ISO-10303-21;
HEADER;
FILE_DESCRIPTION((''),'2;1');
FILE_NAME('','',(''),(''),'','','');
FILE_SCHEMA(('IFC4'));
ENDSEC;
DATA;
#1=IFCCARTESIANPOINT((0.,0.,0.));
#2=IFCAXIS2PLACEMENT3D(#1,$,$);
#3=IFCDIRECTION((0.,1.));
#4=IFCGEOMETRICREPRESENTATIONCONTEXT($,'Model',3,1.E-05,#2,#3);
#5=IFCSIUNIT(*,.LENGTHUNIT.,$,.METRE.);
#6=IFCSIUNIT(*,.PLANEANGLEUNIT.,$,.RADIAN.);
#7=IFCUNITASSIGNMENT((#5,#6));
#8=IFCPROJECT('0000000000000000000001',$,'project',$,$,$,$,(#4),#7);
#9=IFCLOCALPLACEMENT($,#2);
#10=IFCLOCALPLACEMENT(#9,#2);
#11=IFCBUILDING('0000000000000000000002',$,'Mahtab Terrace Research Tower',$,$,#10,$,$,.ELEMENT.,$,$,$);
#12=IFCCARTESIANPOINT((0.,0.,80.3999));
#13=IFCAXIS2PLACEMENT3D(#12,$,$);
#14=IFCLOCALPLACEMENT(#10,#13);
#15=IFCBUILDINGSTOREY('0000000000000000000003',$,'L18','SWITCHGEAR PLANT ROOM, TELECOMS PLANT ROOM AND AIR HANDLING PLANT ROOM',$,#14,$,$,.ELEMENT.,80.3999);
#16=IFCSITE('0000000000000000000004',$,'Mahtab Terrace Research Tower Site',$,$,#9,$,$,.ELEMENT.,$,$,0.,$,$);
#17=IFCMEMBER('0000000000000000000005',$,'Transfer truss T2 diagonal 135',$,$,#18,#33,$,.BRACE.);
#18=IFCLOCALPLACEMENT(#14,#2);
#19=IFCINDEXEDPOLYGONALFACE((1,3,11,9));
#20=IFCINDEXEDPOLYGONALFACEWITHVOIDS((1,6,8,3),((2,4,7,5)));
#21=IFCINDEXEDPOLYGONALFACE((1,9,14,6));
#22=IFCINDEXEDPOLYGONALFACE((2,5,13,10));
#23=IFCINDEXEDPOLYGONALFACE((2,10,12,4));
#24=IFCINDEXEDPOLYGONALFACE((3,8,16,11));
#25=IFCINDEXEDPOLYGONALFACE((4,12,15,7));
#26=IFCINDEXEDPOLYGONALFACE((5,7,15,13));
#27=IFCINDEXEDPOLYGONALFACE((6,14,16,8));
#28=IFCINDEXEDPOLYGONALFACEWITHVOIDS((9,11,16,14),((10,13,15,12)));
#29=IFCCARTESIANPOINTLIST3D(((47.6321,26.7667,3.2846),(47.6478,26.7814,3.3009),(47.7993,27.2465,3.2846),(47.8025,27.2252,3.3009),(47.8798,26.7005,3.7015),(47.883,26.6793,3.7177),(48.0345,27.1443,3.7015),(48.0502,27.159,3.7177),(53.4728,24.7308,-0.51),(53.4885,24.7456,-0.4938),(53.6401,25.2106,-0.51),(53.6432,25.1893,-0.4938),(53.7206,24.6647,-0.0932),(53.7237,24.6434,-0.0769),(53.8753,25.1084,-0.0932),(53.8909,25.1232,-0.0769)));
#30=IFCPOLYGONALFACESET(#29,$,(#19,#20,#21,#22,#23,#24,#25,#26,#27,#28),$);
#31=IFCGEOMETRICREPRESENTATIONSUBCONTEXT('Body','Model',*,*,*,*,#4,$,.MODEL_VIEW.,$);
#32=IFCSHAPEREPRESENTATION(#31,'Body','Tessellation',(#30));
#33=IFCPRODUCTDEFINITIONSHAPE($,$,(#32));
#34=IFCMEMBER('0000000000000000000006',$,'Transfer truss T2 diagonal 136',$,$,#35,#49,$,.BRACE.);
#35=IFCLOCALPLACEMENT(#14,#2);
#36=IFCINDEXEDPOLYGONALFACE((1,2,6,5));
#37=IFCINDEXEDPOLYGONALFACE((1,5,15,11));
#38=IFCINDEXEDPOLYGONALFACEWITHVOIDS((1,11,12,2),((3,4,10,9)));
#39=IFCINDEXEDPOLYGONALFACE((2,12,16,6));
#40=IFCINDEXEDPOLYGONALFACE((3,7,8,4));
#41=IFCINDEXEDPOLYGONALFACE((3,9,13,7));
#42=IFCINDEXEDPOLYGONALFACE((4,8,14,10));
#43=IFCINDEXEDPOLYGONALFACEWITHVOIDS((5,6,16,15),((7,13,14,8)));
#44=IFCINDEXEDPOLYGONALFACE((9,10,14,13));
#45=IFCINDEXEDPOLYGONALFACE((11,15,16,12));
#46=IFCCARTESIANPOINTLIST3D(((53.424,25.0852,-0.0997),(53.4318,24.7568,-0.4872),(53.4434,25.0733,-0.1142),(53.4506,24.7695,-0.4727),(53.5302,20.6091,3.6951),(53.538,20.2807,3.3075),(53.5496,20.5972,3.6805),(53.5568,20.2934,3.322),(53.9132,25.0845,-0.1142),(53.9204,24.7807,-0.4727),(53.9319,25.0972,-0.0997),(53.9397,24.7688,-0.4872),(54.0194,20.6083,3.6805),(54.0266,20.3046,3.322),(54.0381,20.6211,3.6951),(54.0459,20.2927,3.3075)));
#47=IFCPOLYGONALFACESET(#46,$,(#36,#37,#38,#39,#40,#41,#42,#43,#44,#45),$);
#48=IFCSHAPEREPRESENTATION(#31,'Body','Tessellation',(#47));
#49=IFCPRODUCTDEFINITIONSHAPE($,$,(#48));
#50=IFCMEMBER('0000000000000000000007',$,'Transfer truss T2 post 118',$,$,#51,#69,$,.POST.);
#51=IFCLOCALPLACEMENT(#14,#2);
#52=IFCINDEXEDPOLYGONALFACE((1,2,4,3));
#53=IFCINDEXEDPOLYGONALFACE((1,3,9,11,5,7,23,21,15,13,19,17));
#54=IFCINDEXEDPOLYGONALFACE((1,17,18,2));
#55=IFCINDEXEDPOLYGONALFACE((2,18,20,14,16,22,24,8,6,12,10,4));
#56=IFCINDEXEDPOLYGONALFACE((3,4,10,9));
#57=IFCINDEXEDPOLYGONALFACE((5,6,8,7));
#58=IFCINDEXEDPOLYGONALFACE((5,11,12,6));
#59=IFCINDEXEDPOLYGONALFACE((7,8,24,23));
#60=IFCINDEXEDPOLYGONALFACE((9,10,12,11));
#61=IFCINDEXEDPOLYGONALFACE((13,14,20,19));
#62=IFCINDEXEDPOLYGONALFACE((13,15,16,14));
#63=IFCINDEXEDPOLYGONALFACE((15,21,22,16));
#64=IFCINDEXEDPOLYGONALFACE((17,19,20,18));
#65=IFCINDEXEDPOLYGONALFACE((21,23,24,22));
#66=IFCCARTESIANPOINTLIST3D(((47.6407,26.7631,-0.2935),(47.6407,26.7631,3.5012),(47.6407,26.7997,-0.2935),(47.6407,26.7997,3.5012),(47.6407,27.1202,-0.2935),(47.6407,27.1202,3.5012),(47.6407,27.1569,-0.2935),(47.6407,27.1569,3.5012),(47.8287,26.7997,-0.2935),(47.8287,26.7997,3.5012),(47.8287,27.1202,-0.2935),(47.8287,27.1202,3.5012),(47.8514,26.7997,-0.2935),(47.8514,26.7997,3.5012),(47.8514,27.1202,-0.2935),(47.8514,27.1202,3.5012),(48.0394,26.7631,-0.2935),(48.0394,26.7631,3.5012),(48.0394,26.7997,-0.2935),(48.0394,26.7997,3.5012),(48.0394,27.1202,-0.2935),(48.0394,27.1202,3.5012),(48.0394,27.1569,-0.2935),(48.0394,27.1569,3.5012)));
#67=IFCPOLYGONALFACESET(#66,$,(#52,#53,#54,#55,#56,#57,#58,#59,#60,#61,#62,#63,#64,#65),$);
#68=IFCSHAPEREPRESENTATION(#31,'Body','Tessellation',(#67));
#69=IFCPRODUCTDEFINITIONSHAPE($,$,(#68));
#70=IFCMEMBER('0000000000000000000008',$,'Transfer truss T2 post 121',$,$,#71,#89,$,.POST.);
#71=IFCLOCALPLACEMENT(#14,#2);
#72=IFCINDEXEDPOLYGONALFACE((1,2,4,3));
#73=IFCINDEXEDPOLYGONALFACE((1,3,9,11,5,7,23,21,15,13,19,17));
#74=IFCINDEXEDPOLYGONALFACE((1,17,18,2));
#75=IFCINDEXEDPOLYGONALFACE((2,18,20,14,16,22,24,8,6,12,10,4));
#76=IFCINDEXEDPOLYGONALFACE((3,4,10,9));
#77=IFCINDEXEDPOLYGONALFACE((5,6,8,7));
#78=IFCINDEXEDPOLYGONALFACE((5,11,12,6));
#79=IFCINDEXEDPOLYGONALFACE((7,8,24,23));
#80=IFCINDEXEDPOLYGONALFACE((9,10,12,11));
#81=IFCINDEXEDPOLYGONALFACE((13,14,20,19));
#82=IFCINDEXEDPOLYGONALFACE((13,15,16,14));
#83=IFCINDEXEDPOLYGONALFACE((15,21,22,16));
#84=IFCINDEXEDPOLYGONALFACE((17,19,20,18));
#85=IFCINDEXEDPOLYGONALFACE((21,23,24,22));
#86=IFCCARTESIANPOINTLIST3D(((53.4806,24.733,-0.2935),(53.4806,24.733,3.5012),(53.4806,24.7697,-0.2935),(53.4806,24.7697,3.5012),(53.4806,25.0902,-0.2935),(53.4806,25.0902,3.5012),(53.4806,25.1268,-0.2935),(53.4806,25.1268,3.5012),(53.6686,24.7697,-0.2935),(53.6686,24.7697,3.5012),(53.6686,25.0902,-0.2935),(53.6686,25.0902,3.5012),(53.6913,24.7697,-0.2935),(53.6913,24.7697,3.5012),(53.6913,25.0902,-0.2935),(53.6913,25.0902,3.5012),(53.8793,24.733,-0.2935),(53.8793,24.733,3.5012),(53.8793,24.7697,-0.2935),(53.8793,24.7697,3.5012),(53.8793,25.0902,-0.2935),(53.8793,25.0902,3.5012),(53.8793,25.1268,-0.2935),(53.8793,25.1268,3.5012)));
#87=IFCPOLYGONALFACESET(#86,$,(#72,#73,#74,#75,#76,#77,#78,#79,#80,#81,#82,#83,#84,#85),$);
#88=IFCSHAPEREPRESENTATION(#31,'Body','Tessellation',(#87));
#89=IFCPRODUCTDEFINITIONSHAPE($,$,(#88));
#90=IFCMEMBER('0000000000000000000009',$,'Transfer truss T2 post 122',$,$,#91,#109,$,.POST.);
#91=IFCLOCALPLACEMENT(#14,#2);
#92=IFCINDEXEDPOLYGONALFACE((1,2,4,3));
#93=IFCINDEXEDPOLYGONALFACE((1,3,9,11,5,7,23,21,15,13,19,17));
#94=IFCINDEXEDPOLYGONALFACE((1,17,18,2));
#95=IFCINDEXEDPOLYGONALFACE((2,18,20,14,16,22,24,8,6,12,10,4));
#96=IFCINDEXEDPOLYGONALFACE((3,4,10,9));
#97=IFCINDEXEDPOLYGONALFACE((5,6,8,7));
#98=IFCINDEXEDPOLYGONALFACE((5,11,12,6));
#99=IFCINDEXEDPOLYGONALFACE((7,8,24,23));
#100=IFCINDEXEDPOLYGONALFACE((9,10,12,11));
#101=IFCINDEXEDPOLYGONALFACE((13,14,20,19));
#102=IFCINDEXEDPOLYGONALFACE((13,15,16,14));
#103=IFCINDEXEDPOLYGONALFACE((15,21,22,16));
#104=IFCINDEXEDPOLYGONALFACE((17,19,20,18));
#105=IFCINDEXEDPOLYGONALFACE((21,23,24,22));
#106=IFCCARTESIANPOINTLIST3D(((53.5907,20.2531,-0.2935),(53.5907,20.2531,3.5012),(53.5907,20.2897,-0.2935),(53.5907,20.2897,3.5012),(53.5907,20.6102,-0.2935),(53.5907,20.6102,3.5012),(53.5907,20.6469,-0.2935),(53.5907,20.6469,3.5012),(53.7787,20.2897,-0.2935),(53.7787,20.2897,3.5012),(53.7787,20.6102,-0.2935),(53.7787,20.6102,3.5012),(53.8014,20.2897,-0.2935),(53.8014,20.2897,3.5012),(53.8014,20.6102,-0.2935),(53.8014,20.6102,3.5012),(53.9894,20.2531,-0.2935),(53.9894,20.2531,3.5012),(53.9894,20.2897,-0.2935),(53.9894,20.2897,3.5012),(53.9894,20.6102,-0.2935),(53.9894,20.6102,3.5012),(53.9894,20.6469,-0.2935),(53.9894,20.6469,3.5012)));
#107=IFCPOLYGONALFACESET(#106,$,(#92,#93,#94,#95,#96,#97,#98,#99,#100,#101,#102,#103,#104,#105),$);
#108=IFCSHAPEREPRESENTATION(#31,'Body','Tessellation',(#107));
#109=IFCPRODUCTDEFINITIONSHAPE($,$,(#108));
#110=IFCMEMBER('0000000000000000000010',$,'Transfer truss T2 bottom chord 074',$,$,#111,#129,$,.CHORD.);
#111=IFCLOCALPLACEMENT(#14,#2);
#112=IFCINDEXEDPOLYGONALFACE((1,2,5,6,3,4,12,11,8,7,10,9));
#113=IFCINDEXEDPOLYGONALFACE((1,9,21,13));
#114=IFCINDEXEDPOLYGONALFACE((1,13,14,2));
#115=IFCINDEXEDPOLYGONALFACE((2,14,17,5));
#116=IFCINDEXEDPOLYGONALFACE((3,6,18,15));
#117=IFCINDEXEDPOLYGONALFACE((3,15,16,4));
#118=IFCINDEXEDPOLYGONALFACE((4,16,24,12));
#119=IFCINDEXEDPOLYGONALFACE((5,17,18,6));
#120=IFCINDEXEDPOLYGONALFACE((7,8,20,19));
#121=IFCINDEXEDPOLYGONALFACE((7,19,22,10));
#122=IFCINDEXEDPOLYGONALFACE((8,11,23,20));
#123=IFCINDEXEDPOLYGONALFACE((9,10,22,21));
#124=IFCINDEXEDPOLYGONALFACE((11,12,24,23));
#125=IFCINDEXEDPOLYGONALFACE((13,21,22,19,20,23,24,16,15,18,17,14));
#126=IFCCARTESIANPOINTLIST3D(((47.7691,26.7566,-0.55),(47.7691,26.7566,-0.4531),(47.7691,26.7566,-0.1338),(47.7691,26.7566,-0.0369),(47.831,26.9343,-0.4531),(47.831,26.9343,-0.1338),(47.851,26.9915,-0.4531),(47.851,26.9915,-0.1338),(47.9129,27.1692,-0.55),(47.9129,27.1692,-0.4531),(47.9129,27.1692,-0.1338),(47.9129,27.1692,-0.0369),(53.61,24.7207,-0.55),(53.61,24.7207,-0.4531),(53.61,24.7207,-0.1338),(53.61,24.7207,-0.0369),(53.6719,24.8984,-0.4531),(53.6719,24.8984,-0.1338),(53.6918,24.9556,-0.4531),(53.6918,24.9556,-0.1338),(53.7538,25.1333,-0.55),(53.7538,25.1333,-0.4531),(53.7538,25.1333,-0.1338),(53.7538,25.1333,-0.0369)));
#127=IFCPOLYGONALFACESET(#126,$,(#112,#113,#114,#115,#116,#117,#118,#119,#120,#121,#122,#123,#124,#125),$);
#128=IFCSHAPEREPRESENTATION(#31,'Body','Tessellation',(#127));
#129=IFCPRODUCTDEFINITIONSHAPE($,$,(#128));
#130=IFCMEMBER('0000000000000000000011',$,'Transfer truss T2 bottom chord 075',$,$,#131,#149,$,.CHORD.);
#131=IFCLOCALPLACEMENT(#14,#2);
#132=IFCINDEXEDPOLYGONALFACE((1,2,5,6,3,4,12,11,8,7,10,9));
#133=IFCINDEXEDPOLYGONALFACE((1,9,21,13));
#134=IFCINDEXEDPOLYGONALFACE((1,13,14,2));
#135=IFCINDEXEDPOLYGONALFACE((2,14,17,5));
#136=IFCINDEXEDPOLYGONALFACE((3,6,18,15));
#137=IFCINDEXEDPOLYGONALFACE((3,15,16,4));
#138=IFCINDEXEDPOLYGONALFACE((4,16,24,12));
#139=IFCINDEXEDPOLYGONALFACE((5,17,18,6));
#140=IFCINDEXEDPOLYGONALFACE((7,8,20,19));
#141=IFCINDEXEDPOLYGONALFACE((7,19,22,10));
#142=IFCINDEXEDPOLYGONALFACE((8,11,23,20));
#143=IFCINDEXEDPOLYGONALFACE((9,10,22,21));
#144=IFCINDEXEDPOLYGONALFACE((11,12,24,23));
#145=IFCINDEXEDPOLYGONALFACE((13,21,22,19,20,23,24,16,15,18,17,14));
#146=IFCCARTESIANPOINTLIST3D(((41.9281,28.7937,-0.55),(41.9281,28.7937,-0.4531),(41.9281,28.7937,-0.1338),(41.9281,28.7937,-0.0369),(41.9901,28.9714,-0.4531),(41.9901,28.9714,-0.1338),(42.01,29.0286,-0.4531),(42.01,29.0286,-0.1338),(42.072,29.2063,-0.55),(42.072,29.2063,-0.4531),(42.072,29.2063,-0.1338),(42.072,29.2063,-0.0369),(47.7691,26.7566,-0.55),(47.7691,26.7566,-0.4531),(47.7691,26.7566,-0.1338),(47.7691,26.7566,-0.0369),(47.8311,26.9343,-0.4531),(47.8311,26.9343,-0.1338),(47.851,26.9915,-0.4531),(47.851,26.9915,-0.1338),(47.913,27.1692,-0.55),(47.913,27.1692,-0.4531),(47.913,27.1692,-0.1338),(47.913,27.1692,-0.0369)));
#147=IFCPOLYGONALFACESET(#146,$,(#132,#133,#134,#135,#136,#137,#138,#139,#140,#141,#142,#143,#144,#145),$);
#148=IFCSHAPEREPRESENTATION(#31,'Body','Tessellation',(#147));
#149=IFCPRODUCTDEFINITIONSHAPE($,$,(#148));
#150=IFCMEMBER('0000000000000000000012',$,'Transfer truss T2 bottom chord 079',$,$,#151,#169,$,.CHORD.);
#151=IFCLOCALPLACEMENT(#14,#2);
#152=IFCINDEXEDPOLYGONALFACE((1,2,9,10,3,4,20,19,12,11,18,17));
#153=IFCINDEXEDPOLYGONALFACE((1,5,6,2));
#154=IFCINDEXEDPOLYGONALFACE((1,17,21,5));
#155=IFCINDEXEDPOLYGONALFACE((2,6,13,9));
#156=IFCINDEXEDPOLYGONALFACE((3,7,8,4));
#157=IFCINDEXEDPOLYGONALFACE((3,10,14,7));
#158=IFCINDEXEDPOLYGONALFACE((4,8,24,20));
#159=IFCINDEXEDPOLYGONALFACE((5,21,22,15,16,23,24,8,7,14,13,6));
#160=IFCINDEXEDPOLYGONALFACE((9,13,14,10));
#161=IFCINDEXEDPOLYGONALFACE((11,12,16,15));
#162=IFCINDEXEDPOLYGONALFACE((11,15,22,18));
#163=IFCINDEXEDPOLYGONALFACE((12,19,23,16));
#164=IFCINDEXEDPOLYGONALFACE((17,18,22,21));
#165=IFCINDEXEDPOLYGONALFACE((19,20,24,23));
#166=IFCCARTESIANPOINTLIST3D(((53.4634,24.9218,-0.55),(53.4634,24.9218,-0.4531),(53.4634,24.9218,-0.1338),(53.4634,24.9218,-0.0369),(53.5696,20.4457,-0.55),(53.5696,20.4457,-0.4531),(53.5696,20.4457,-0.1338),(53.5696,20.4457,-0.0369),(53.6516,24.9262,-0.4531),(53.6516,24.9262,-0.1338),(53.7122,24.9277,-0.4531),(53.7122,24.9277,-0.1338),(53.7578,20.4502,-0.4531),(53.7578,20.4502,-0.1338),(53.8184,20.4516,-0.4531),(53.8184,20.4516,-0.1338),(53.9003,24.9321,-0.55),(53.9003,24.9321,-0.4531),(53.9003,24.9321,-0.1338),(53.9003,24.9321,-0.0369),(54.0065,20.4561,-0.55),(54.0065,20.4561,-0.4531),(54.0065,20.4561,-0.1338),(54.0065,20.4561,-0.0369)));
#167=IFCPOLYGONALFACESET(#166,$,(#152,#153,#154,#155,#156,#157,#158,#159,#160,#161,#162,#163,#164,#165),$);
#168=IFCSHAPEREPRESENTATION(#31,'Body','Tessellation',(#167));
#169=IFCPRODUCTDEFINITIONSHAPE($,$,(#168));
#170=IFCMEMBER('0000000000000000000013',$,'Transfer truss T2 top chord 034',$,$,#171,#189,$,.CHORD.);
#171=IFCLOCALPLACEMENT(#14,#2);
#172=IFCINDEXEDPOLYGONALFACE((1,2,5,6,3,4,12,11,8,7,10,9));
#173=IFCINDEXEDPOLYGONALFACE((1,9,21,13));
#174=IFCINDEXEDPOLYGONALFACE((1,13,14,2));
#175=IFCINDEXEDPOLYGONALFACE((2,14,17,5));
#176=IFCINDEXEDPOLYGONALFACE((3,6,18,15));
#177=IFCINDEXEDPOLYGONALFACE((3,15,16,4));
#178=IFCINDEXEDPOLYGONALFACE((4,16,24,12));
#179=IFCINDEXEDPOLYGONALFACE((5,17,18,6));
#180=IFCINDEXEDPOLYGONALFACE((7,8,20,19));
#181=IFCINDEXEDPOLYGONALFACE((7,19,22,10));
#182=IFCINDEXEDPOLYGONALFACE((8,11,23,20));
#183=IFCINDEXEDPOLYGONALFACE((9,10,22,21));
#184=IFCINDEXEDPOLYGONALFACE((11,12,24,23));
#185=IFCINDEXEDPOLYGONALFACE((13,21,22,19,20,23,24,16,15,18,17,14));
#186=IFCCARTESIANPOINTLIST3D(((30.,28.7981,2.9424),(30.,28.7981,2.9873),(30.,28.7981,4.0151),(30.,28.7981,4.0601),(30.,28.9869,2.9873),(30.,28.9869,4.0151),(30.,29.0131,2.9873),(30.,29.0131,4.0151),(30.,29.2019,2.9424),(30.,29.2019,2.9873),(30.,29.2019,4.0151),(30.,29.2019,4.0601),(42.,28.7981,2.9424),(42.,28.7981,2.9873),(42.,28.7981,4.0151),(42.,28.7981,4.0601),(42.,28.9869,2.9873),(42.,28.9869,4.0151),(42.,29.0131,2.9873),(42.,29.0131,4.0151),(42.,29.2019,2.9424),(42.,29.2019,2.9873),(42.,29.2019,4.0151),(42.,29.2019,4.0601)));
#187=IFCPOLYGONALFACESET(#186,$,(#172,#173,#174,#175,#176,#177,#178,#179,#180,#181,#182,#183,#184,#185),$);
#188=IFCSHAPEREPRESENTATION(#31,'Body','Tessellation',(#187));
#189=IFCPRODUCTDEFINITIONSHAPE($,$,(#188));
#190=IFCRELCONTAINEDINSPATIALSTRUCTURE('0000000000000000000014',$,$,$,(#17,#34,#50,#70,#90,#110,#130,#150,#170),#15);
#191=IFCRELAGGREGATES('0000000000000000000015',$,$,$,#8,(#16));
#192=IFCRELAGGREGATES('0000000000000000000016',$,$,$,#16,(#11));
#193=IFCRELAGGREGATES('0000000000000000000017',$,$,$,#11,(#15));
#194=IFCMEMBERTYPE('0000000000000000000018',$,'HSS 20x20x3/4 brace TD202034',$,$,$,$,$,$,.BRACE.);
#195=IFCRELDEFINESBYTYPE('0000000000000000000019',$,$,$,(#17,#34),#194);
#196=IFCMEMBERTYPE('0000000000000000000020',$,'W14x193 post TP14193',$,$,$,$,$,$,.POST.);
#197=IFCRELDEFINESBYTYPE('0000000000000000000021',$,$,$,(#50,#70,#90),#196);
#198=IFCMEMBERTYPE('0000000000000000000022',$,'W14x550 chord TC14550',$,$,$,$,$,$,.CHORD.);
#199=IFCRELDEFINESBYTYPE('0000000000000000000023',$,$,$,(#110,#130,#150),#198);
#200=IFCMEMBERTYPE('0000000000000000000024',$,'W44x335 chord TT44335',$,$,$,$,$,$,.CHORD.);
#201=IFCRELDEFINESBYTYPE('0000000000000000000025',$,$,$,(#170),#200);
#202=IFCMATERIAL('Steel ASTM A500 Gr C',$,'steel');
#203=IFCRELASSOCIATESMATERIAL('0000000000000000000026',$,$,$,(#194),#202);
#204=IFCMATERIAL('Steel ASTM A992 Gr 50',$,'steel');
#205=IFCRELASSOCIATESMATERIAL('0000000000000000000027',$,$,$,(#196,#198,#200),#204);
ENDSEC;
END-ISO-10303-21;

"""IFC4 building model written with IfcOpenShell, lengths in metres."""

from ifc_helpers import new_model, si_unit, direction, frame, origin, origin_2d, place, context, subcontext, project, spatial, hollow_rectangle, i_section, extrude, material, material_profile, profile_set, type_object, element, save


model = new_model("IFC4")

# Units and contexts
model_context = context("Model", 3, precision=1e-05, world=origin(), true_north=direction((0.0, 1.0)))
body_context = subcontext(model_context, "Body", "Model", "MODEL_VIEW")
ifc_project = project(units=[si_unit("LENGTHUNIT", "METRE"), si_unit("PLANEANGLEUNIT", "RADIAN")], contexts=[model_context])

# Site, building, storey
site_placement = place(None, origin())
site = spatial("IfcSite", under=ifc_project, at=site_placement, Name="Mahtab Terrace Research Tower Site", CompositionType="ELEMENT", RefElevation=0.0)
building_placement = place(site_placement, origin())
building = spatial("IfcBuilding", under=site, at=building_placement, Name="Mahtab Terrace Research Tower", CompositionType="ELEMENT")
storey_placement = place(building_placement, frame((0.0, 0.0, 80.3999)))
storey = spatial("IfcBuildingStorey", under=building, at=storey_placement, Name="L18", Description="SWITCHGEAR PLANT ROOM, TELECOMS PLANT ROOM AND AIR HANDLING PLANT ROOM", CompositionType="ELEMENT", Elevation=80.3999)

# Members
ifc_material_1 = material(Name="Steel ASTM A500 Gr C", Category="steel")
ifc_material_profile_1 = material_profile(ifc_material_1, hollow_rectangle(XDim=0.5081, YDim=0.5081, WallThickness=0.019, at=origin_2d()), Name="HSS20X20X3/4")
ifc_profile_set_1 = profile_set([ifc_material_profile_1], Name="Steel ASTM A500 Gr C")
member_type_1 = type_object("IfcMemberType", Name="HSS 20x20x3/4 brace TD202034", PredefinedType="BRACE", material=ifc_profile_set_1)
member_1_placement = place(storey_placement, frame((53.6819, 24.927, -0.2935), z_axis=(-0.804887, 0.280553, 0.522921), x_axis=(-0.329141, -0.944281, 0.0)))
element("IfcMember", 1, at=member_1_placement, inside=storey, type_object=member_type_1, Name="Transfer truss T2 diagonal 135", PredefinedType="BRACE", context=body_context, shape_type="SweptSolid", body=[
    extrude(hollow_rectangle(XDim=0.5081, YDim=0.5081, WallThickness=0.019, at=origin_2d()), origin(), (0.0, 0.0, 1.0), 7.2566),
])
member_2_placement = place(storey_placement, frame((53.6819, 24.927, -0.2935), z_axis=(0.018095, -0.762653, 0.646554), x_axis=(0.999719, 0.02372, 0.0)))
element("IfcMember", 2, at=member_2_placement, inside=storey, type_object=member_type_1, Name="Transfer truss T2 diagonal 136", PredefinedType="BRACE", context=body_context, shape_type="SweptSolid", body=[
    extrude(hollow_rectangle(XDim=0.5081, YDim=0.5081, WallThickness=0.019, at=origin_2d()), origin(), (0.0, 0.0, 1.0), 5.8691),
])
ifc_material_2 = material(Name="Steel ASTM A992 Gr 50", Category="steel")
ifc_material_profile_2 = material_profile(ifc_material_2, i_section(OverallWidth=0.3987, OverallDepth=0.3938, WebThickness=0.0227, FlangeThickness=0.0366, at=origin_2d()), Name="W14X193")
ifc_profile_set_2 = profile_set([ifc_material_profile_2], Name="Steel ASTM A992 Gr 50")
member_type_2 = type_object("IfcMemberType", Name="W14x193 post TP14193", PredefinedType="POST", material=ifc_profile_set_2)
for number, where, z_axis, x_axis, name in (
    (3, (47.8401, 26.96, -0.2935), (0.0, 0.0, 1.0), (1.0, 0.0, 0.0), "Transfer truss T2 post 118"),
    (4, (53.6799, 24.9299, -0.2935), (0.0, 0.0, 1.0), (1.0, 0.0, 0.0), "Transfer truss T2 post 121"),
    (5, (53.79, 20.45, -0.2935), (0.0, 0.0, 1.0), (1.0, 0.0, 0.0), "Transfer truss T2 post 122"),
):
    element("IfcMember", number, at=place(storey_placement, frame(where, z_axis=z_axis, x_axis=x_axis)), inside=storey, type_object=member_type_2, Name=name, PredefinedType="POST", context=body_context, shape_type="SweptSolid", body=[
        extrude(i_section(OverallWidth=0.3987, OverallDepth=0.3938, WebThickness=0.0227, FlangeThickness=0.0366, at=origin_2d()), origin(), (0.0, 0.0, 1.0), 3.7947),
    ])
ifc_material_profile_3 = material_profile(ifc_material_2, i_section(OverallWidth=0.437, OverallDepth=0.5132, WebThickness=0.0605, FlangeThickness=0.0969, at=origin_2d()), Name="W14X550")
ifc_profile_set_3 = profile_set([ifc_material_profile_3], Name="Steel ASTM A992 Gr 50")
member_type_3 = type_object("IfcMemberType", Name="W14x550 chord TC14550", PredefinedType="CHORD", material=ifc_profile_set_3)
member_3_placement = place(storey_placement, frame((53.6819, 24.927, -0.2935), z_axis=(-0.944281, 0.329141, 0.0), x_axis=(-0.329141, -0.944281, 0.0)))
element("IfcMember", 6, at=member_3_placement, inside=storey, type_object=member_type_3, Name="Transfer truss T2 bottom chord 074", PredefinedType="CHORD", context=body_context, shape_type="SweptSolid", body=[
    extrude(i_section(OverallWidth=0.437, OverallDepth=0.5132, WebThickness=0.0605, FlangeThickness=0.0969, at=origin_2d()), origin(), (0.0, 0.0, 1.0), 6.1855),
])
member_4_placement = place(storey_placement, frame((47.8411, 26.9629, -0.2935), z_axis=(-0.944224, 0.329304, 0.0), x_axis=(-0.329304, -0.944224, 0.0)))
element("IfcMember", 7, at=member_4_placement, inside=storey, type_object=member_type_3, Name="Transfer truss T2 bottom chord 075", PredefinedType="CHORD", context=body_context, shape_type="SweptSolid", body=[
    extrude(i_section(OverallWidth=0.437, OverallDepth=0.5132, WebThickness=0.0605, FlangeThickness=0.0969, at=origin_2d()), origin(), (0.0, 0.0, 1.0), 6.186),
])
member_5_placement = place(storey_placement, frame((53.7881, 20.4509, -0.2935), z_axis=(-0.02372, 0.999719, 0.0), x_axis=(-0.999719, -0.02372, 0.0)))
element("IfcMember", 8, at=member_5_placement, inside=storey, type_object=member_type_3, Name="Transfer truss T2 bottom chord 079", PredefinedType="CHORD", context=body_context, shape_type="SweptSolid", body=[
    extrude(i_section(OverallWidth=0.437, OverallDepth=0.5132, WebThickness=0.0605, FlangeThickness=0.0969, at=origin_2d()), origin(), (0.0, 0.0, 1.0), 4.4773),
])
ifc_material_profile_4 = material_profile(ifc_material_2, i_section(OverallWidth=0.4038, OverallDepth=1.1177, WebThickness=0.0261, FlangeThickness=0.0449, at=origin_2d()), Name="W44X335")
ifc_profile_set_4 = profile_set([ifc_material_profile_4], Name="Steel ASTM A992 Gr 50")
member_type_4 = type_object("IfcMemberType", Name="W44x335 chord TT44335", PredefinedType="CHORD", material=ifc_profile_set_4)
member_6_placement = place(storey_placement, frame((42.0, 29.0, 3.5012), z_axis=(-1.0, 0.0, 0.0), x_axis=(0.0, -1.0, 0.0)))
element("IfcMember", 9, at=member_6_placement, inside=storey, type_object=member_type_4, Name="Transfer truss T2 top chord 034", PredefinedType="CHORD", context=body_context, shape_type="SweptSolid", body=[
    extrude(i_section(OverallWidth=0.4038, OverallDepth=1.1177, WebThickness=0.0261, FlangeThickness=0.0449, at=origin_2d()), origin(), (0.0, 0.0, 1.0), 12.0),
])

save(model, "model.ifc")
